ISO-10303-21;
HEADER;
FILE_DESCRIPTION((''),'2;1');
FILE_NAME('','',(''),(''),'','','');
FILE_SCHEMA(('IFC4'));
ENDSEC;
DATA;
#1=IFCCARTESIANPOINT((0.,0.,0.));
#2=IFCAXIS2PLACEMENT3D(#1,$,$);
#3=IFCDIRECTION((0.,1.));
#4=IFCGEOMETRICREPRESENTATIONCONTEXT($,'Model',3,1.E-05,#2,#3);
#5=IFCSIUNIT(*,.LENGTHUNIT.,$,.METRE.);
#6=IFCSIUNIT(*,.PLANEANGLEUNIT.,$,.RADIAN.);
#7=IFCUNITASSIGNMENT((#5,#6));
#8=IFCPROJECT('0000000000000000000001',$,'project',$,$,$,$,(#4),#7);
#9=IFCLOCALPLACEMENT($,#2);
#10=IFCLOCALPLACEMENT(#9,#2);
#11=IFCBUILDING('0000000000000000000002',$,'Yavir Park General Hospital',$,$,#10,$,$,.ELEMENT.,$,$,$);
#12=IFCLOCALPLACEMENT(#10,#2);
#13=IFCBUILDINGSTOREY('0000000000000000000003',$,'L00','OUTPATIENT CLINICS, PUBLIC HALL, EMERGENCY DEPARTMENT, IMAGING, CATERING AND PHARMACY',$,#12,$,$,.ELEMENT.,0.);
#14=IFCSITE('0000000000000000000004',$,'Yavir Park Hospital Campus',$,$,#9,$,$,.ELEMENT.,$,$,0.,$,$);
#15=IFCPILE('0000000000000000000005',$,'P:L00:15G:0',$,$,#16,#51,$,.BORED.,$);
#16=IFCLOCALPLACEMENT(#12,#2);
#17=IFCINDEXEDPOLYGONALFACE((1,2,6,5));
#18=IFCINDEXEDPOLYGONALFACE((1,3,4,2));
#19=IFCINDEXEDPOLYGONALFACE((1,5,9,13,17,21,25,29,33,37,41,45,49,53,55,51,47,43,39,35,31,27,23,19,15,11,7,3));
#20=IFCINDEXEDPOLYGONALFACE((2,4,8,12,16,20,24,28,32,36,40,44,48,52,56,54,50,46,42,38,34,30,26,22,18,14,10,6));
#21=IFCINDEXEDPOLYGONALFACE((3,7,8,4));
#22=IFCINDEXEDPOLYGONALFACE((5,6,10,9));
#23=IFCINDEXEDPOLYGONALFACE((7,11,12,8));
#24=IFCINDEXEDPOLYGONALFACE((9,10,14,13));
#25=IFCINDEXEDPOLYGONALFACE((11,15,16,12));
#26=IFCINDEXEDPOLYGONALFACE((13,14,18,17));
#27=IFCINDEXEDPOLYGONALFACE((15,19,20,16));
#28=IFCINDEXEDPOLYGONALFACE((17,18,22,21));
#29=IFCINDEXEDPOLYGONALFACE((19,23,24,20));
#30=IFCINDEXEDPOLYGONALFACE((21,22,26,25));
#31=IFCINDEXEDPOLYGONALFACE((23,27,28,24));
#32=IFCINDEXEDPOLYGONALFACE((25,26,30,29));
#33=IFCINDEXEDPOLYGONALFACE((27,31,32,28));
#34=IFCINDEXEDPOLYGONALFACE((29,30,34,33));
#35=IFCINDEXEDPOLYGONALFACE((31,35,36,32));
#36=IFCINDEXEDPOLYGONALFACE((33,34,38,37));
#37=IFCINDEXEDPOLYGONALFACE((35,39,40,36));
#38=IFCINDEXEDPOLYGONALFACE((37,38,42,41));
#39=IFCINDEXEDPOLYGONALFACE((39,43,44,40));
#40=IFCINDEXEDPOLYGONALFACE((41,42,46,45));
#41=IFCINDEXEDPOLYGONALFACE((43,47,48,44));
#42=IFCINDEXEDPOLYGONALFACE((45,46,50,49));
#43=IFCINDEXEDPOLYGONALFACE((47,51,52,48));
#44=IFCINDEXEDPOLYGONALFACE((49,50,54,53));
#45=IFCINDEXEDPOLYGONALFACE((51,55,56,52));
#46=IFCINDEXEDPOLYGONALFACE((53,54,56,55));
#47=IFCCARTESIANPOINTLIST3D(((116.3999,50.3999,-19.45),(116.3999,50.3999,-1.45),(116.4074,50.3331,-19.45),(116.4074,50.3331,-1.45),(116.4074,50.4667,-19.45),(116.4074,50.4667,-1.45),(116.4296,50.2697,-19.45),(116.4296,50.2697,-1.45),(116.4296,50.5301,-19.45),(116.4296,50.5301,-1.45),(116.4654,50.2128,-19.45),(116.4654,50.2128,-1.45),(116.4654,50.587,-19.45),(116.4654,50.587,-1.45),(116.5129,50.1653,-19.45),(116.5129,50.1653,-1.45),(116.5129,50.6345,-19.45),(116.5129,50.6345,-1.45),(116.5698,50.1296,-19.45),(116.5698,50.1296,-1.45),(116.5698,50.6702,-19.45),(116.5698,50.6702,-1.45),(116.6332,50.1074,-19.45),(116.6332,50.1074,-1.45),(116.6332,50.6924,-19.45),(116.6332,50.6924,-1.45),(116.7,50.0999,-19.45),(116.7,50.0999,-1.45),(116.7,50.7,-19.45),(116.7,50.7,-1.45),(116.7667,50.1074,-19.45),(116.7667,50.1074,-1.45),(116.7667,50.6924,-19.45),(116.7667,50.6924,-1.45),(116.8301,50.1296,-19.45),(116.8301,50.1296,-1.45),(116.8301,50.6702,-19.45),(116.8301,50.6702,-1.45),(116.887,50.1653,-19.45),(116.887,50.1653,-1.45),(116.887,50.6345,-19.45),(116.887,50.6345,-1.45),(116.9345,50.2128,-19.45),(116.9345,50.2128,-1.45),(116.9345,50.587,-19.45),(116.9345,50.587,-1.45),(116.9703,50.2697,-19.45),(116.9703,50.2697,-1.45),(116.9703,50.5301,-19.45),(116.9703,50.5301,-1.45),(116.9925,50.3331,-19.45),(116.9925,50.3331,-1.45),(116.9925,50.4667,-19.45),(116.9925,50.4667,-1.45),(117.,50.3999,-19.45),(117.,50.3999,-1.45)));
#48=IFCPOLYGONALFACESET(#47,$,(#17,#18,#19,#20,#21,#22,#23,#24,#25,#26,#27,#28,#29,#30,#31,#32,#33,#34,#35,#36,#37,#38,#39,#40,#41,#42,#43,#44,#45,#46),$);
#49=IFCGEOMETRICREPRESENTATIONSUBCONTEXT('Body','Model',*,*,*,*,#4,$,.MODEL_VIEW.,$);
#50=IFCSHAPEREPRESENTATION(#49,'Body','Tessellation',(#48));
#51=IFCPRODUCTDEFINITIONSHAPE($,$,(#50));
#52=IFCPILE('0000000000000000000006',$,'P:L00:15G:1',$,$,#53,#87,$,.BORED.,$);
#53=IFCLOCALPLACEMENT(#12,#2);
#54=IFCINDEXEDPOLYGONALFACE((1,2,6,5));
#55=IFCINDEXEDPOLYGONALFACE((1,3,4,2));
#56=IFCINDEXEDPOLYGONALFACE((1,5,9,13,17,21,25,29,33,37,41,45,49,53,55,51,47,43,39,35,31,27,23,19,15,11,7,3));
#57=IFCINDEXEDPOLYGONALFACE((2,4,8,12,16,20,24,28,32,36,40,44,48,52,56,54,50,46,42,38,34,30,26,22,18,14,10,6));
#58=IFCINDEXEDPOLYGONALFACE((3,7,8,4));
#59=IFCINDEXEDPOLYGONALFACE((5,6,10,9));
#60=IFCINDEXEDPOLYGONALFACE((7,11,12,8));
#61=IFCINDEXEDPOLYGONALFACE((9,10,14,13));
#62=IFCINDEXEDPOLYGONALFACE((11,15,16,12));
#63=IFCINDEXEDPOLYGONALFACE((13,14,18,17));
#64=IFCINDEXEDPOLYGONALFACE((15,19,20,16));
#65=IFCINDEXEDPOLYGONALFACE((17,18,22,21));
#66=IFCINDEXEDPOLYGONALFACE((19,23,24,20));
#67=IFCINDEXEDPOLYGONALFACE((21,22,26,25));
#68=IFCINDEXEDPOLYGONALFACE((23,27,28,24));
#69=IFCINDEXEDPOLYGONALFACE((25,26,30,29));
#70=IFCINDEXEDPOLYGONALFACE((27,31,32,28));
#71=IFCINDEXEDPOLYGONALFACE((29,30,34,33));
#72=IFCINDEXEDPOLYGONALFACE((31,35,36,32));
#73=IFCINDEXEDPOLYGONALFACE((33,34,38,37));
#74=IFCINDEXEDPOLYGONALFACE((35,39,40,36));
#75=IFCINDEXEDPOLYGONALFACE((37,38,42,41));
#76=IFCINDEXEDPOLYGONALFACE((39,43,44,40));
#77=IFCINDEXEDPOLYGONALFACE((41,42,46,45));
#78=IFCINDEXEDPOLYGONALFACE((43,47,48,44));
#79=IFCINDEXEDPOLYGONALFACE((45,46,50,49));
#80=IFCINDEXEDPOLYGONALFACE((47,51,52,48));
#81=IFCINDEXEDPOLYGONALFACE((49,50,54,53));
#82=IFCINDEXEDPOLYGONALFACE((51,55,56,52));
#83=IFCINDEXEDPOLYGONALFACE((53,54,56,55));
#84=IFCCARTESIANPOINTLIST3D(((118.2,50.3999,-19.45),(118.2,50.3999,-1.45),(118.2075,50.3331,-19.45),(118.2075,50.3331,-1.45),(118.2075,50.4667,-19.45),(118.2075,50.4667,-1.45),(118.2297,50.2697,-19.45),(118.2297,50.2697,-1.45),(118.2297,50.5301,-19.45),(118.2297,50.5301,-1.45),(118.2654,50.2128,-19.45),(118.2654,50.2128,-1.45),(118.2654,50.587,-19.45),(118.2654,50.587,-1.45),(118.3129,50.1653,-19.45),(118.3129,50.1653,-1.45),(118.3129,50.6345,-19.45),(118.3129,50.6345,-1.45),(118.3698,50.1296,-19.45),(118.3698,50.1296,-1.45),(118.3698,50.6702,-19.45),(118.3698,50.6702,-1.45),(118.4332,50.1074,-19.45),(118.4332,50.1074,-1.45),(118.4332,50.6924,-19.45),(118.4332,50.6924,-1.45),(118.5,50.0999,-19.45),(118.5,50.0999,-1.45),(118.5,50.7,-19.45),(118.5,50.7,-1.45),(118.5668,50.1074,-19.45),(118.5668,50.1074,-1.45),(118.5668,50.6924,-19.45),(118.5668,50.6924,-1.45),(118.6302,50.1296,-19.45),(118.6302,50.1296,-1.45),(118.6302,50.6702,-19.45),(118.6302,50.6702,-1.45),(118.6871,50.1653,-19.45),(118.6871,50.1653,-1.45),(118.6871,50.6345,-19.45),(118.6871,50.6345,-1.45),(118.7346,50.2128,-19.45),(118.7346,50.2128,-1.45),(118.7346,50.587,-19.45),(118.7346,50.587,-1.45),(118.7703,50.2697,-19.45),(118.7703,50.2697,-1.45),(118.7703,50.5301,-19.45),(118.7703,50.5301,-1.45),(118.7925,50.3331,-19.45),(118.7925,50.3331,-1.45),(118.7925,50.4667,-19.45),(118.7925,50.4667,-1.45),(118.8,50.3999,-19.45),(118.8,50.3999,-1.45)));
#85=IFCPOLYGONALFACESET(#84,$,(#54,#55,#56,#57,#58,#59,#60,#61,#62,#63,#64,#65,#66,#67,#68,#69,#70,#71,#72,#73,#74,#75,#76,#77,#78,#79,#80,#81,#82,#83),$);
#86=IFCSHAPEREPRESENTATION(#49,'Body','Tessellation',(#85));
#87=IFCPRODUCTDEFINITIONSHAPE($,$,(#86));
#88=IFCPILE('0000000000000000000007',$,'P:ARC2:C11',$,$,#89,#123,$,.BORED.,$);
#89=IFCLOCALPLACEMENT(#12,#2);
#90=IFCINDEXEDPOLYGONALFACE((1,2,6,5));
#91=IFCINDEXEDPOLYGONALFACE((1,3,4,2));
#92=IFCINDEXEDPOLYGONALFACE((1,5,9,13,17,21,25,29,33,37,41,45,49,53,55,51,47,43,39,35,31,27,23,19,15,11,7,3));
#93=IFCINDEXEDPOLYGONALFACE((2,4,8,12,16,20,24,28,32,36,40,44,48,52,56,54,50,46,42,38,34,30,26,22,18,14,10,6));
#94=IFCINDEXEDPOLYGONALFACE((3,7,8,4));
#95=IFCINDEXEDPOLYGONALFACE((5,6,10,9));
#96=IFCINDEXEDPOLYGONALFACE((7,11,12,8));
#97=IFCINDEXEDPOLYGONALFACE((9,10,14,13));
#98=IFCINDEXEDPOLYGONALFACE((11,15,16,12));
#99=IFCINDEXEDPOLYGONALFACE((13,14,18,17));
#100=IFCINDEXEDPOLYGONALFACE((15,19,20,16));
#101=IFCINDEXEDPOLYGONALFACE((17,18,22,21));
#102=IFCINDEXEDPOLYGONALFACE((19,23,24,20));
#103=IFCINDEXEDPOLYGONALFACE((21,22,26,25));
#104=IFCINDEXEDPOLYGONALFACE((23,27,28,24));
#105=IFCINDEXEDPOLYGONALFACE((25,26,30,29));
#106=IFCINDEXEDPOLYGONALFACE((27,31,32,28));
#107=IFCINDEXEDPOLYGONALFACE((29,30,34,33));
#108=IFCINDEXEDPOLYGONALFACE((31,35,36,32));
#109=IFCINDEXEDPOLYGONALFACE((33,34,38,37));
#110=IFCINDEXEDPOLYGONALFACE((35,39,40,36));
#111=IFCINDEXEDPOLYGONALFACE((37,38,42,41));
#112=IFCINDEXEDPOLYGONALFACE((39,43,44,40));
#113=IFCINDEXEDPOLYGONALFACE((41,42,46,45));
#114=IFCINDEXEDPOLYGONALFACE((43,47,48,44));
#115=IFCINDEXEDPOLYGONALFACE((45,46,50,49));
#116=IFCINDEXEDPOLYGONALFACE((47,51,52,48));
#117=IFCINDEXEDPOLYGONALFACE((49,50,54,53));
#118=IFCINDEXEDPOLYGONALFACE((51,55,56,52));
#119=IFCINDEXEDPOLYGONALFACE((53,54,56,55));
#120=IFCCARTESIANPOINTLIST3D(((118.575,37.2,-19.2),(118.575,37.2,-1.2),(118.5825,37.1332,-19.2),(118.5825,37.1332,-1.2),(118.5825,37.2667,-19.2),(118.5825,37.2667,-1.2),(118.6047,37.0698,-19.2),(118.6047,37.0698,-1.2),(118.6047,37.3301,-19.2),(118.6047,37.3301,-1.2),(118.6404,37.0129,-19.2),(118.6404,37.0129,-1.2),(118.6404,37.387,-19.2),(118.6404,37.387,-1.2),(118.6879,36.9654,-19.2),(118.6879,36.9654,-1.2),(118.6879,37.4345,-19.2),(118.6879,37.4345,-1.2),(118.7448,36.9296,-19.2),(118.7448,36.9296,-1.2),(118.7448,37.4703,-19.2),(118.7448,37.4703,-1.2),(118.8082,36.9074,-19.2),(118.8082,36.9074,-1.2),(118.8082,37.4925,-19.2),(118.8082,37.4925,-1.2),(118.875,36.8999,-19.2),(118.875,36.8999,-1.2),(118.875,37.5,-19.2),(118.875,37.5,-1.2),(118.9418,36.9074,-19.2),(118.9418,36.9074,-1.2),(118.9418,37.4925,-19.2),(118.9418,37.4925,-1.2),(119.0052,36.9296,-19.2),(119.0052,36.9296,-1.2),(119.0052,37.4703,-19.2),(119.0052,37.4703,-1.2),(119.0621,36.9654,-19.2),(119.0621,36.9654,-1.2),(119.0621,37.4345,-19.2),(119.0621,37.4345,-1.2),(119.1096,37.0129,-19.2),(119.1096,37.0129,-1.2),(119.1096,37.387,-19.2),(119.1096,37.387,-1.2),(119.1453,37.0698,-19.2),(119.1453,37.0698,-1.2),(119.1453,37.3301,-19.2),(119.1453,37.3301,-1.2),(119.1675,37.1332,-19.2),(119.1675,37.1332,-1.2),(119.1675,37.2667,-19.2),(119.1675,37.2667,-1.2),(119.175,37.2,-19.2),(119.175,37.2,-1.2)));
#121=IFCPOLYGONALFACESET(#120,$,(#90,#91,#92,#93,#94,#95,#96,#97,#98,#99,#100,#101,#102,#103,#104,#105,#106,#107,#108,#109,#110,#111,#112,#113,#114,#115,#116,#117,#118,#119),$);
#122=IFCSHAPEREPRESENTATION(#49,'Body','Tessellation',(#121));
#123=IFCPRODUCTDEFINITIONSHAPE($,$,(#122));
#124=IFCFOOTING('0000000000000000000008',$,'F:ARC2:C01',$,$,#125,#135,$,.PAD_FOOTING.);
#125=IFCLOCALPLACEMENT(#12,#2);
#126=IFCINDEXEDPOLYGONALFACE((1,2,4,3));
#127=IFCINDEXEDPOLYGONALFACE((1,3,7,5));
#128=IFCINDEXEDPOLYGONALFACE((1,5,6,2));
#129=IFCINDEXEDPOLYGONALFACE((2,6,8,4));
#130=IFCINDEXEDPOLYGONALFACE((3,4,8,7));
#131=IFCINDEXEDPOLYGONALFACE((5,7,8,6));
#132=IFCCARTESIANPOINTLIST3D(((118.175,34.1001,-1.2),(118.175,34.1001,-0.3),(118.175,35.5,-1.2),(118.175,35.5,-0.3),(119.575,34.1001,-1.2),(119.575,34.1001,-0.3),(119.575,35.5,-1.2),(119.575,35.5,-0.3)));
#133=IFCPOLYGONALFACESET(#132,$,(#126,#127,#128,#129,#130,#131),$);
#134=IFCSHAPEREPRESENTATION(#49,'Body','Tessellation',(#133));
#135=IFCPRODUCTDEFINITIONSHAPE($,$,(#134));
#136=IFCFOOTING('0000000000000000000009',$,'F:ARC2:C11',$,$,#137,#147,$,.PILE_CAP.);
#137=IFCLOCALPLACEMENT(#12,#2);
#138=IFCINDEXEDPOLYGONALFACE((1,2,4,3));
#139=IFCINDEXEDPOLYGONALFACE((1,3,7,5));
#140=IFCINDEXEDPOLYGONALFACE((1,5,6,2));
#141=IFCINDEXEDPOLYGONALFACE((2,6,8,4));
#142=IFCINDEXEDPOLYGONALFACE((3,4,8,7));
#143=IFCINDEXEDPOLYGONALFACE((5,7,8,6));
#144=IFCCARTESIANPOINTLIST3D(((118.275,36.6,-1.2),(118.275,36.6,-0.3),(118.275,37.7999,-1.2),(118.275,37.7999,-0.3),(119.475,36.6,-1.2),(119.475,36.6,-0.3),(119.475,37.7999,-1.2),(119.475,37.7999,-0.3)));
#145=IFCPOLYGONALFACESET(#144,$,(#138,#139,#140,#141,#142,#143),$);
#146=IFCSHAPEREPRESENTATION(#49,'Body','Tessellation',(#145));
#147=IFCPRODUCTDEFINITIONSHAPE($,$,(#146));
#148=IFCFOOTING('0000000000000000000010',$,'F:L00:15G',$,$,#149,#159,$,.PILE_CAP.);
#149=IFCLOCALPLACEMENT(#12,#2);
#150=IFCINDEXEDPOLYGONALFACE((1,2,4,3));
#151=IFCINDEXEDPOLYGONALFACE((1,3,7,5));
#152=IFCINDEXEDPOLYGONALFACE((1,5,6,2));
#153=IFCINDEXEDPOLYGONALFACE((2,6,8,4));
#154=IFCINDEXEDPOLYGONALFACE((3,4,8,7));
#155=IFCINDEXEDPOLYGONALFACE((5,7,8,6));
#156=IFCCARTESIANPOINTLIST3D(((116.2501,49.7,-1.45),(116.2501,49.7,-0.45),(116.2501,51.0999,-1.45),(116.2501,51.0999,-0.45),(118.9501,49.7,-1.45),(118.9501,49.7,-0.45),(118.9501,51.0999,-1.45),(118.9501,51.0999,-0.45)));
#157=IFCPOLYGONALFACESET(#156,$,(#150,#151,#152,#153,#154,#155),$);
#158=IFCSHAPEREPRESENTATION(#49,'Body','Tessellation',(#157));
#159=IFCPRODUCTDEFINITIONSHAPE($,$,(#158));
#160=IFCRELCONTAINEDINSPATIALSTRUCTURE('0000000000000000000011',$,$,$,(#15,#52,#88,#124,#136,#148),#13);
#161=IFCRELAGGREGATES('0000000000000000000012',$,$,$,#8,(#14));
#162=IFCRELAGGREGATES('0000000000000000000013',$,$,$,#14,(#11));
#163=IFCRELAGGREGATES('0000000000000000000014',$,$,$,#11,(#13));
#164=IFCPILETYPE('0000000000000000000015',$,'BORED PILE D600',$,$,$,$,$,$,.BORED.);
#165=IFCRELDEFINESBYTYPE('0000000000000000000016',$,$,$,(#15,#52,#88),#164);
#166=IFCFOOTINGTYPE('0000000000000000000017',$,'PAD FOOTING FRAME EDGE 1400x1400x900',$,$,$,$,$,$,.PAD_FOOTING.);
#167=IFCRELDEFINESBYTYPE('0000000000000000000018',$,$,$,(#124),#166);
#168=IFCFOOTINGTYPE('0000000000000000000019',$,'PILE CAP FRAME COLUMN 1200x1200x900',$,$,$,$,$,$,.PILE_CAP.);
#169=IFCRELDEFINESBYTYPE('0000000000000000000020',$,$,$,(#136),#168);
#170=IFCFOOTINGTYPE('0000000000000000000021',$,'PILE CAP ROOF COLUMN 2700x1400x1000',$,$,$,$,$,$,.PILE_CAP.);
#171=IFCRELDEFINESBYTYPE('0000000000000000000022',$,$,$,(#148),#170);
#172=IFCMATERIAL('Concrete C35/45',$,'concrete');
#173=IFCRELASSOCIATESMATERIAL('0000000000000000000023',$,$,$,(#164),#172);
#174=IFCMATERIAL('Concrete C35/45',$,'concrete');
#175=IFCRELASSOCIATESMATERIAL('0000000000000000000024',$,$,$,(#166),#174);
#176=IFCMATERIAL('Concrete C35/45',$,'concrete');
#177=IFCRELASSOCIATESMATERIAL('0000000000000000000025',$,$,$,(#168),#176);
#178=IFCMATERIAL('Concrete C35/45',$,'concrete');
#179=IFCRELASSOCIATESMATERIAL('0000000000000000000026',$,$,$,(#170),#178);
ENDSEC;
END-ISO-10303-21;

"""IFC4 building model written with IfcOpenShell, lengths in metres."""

from ifc_helpers import new_model, si_unit, direction, frame, origin, origin_2d, place, context, subcontext, project, spatial, rectangle, circle, extrude, material, material_profile, profile_set, type_object, element, save


model = new_model("IFC4")

# Units and contexts
model_context = context("Model", 3, precision=1e-05, world=origin(), true_north=direction((0.0, 1.0)))
body_context = subcontext(model_context, "Body", "Model", "MODEL_VIEW")
ifc_project = project(units=[si_unit("LENGTHUNIT", "METRE"), si_unit("PLANEANGLEUNIT", "RADIAN")], contexts=[model_context])

# Site, building, storey
site_placement = place(None, origin())
site = spatial("IfcSite", under=ifc_project, at=site_placement, Name="Yavir Park Hospital Campus", CompositionType="ELEMENT", RefElevation=0.0)
building_placement = place(site_placement, origin())
building = spatial("IfcBuilding", under=site, at=building_placement, Name="Yavir Park General Hospital", CompositionType="ELEMENT")
storey_placement = place(building_placement, origin())
storey = spatial("IfcBuildingStorey", under=building, at=storey_placement, Name="L00", Description="OUTPATIENT CLINICS, PUBLIC HALL, EMERGENCY DEPARTMENT, IMAGING, CATERING AND PHARMACY", CompositionType="ELEMENT", Elevation=0.0)

# Piles
ifc_material_1 = material(Name="Concrete C35/45", Category="concrete")
ifc_material_profile_1 = material_profile(ifc_material_1, circle(Radius=0.3, at=origin_2d()), Name="D600")
ifc_profile_set_1 = profile_set([ifc_material_profile_1], Name="Concrete C35/45")
pile_type = type_object("IfcPileType", Name="BORED PILE D600", PredefinedType="BORED", material=ifc_profile_set_1)
for number, where, z_axis, x_axis, name in (
    (1, (116.7, 50.3999, -1.45), (0.0, 0.0, -1.0), (1.0, 0.0, 0.0), "P:L00:15G:0"),
    (2, (118.5, 50.3999, -1.45), (0.0, 0.0, -1.0), (1.0, 0.0, 0.0), "P:L00:15G:1"),
    (3, (118.875, 37.2, -1.2), (0.0, 0.0, -1.0), (1.0, 0.0, 0.0), "P:ARC2:C11"),
):
    element("IfcPile", number, at=place(storey_placement, frame(where, z_axis=z_axis, x_axis=x_axis)), inside=storey, type_object=pile_type, Name=name, PredefinedType="BORED", context=body_context, shape_type="SweptSolid", body=[
        extrude(circle(Radius=0.3, at=origin_2d()), origin(), (0.0, 0.0, 1.0), 18.0),
    ])

# Footings
ifc_material_2 = material(Name="Concrete C35/45", Category="concrete")
footing_type_1 = type_object("IfcFootingType", Name="PAD FOOTING FRAME EDGE 1400x1400x900", PredefinedType="PAD_FOOTING", material=ifc_material_2)
footing_1_placement = place(storey_placement, frame((118.875, 34.8, -1.2), z_axis=(0.0, 0.0, 1.0), x_axis=(1.0, 0.0, 0.0)))
element("IfcFooting", 4, at=footing_1_placement, inside=storey, type_object=footing_type_1, Name="F:ARC2:C01", PredefinedType="PAD_FOOTING", context=body_context, shape_type="SweptSolid", body=[
    extrude(rectangle(XDim=1.3999, YDim=1.3999, at=origin_2d()), origin(), (0.0, 0.0, 1.0), 0.8999),
])
ifc_material_3 = material(Name="Concrete C35/45", Category="concrete")
footing_type_2 = type_object("IfcFootingType", Name="PILE CAP FRAME COLUMN 1200x1200x900", PredefinedType="PILE_CAP", material=ifc_material_3)
footing_2_placement = place(storey_placement, frame((118.875, 37.2, -1.2), z_axis=(0.0, 0.0, 1.0), x_axis=(1.0, 0.0, 0.0)))
element("IfcFooting", 5, at=footing_2_placement, inside=storey, type_object=footing_type_2, Name="F:ARC2:C11", PredefinedType="PILE_CAP", context=body_context, shape_type="SweptSolid", body=[
    extrude(rectangle(XDim=1.2, YDim=1.2, at=origin_2d()), origin(), (0.0, 0.0, 1.0), 0.8999),
])
ifc_material_4 = material(Name="Concrete C35/45", Category="concrete")
footing_type_3 = type_object("IfcFootingType", Name="PILE CAP ROOF COLUMN 2700x1400x1000", PredefinedType="PILE_CAP", material=ifc_material_4)
footing_3_placement = place(storey_placement, frame((117.6001, 50.3999, -1.45), z_axis=(0.0, 0.0, 1.0), x_axis=(1.0, 0.0, 0.0)))
element("IfcFooting", 6, at=footing_3_placement, inside=storey, type_object=footing_type_3, Name="F:L00:15G", PredefinedType="PILE_CAP", context=body_context, shape_type="SweptSolid", body=[
    extrude(rectangle(XDim=2.7, YDim=1.3999, at=origin_2d()), origin(), (0.0, 0.0, 1.0), 1.0),
])

save(model, "model.ifc")
